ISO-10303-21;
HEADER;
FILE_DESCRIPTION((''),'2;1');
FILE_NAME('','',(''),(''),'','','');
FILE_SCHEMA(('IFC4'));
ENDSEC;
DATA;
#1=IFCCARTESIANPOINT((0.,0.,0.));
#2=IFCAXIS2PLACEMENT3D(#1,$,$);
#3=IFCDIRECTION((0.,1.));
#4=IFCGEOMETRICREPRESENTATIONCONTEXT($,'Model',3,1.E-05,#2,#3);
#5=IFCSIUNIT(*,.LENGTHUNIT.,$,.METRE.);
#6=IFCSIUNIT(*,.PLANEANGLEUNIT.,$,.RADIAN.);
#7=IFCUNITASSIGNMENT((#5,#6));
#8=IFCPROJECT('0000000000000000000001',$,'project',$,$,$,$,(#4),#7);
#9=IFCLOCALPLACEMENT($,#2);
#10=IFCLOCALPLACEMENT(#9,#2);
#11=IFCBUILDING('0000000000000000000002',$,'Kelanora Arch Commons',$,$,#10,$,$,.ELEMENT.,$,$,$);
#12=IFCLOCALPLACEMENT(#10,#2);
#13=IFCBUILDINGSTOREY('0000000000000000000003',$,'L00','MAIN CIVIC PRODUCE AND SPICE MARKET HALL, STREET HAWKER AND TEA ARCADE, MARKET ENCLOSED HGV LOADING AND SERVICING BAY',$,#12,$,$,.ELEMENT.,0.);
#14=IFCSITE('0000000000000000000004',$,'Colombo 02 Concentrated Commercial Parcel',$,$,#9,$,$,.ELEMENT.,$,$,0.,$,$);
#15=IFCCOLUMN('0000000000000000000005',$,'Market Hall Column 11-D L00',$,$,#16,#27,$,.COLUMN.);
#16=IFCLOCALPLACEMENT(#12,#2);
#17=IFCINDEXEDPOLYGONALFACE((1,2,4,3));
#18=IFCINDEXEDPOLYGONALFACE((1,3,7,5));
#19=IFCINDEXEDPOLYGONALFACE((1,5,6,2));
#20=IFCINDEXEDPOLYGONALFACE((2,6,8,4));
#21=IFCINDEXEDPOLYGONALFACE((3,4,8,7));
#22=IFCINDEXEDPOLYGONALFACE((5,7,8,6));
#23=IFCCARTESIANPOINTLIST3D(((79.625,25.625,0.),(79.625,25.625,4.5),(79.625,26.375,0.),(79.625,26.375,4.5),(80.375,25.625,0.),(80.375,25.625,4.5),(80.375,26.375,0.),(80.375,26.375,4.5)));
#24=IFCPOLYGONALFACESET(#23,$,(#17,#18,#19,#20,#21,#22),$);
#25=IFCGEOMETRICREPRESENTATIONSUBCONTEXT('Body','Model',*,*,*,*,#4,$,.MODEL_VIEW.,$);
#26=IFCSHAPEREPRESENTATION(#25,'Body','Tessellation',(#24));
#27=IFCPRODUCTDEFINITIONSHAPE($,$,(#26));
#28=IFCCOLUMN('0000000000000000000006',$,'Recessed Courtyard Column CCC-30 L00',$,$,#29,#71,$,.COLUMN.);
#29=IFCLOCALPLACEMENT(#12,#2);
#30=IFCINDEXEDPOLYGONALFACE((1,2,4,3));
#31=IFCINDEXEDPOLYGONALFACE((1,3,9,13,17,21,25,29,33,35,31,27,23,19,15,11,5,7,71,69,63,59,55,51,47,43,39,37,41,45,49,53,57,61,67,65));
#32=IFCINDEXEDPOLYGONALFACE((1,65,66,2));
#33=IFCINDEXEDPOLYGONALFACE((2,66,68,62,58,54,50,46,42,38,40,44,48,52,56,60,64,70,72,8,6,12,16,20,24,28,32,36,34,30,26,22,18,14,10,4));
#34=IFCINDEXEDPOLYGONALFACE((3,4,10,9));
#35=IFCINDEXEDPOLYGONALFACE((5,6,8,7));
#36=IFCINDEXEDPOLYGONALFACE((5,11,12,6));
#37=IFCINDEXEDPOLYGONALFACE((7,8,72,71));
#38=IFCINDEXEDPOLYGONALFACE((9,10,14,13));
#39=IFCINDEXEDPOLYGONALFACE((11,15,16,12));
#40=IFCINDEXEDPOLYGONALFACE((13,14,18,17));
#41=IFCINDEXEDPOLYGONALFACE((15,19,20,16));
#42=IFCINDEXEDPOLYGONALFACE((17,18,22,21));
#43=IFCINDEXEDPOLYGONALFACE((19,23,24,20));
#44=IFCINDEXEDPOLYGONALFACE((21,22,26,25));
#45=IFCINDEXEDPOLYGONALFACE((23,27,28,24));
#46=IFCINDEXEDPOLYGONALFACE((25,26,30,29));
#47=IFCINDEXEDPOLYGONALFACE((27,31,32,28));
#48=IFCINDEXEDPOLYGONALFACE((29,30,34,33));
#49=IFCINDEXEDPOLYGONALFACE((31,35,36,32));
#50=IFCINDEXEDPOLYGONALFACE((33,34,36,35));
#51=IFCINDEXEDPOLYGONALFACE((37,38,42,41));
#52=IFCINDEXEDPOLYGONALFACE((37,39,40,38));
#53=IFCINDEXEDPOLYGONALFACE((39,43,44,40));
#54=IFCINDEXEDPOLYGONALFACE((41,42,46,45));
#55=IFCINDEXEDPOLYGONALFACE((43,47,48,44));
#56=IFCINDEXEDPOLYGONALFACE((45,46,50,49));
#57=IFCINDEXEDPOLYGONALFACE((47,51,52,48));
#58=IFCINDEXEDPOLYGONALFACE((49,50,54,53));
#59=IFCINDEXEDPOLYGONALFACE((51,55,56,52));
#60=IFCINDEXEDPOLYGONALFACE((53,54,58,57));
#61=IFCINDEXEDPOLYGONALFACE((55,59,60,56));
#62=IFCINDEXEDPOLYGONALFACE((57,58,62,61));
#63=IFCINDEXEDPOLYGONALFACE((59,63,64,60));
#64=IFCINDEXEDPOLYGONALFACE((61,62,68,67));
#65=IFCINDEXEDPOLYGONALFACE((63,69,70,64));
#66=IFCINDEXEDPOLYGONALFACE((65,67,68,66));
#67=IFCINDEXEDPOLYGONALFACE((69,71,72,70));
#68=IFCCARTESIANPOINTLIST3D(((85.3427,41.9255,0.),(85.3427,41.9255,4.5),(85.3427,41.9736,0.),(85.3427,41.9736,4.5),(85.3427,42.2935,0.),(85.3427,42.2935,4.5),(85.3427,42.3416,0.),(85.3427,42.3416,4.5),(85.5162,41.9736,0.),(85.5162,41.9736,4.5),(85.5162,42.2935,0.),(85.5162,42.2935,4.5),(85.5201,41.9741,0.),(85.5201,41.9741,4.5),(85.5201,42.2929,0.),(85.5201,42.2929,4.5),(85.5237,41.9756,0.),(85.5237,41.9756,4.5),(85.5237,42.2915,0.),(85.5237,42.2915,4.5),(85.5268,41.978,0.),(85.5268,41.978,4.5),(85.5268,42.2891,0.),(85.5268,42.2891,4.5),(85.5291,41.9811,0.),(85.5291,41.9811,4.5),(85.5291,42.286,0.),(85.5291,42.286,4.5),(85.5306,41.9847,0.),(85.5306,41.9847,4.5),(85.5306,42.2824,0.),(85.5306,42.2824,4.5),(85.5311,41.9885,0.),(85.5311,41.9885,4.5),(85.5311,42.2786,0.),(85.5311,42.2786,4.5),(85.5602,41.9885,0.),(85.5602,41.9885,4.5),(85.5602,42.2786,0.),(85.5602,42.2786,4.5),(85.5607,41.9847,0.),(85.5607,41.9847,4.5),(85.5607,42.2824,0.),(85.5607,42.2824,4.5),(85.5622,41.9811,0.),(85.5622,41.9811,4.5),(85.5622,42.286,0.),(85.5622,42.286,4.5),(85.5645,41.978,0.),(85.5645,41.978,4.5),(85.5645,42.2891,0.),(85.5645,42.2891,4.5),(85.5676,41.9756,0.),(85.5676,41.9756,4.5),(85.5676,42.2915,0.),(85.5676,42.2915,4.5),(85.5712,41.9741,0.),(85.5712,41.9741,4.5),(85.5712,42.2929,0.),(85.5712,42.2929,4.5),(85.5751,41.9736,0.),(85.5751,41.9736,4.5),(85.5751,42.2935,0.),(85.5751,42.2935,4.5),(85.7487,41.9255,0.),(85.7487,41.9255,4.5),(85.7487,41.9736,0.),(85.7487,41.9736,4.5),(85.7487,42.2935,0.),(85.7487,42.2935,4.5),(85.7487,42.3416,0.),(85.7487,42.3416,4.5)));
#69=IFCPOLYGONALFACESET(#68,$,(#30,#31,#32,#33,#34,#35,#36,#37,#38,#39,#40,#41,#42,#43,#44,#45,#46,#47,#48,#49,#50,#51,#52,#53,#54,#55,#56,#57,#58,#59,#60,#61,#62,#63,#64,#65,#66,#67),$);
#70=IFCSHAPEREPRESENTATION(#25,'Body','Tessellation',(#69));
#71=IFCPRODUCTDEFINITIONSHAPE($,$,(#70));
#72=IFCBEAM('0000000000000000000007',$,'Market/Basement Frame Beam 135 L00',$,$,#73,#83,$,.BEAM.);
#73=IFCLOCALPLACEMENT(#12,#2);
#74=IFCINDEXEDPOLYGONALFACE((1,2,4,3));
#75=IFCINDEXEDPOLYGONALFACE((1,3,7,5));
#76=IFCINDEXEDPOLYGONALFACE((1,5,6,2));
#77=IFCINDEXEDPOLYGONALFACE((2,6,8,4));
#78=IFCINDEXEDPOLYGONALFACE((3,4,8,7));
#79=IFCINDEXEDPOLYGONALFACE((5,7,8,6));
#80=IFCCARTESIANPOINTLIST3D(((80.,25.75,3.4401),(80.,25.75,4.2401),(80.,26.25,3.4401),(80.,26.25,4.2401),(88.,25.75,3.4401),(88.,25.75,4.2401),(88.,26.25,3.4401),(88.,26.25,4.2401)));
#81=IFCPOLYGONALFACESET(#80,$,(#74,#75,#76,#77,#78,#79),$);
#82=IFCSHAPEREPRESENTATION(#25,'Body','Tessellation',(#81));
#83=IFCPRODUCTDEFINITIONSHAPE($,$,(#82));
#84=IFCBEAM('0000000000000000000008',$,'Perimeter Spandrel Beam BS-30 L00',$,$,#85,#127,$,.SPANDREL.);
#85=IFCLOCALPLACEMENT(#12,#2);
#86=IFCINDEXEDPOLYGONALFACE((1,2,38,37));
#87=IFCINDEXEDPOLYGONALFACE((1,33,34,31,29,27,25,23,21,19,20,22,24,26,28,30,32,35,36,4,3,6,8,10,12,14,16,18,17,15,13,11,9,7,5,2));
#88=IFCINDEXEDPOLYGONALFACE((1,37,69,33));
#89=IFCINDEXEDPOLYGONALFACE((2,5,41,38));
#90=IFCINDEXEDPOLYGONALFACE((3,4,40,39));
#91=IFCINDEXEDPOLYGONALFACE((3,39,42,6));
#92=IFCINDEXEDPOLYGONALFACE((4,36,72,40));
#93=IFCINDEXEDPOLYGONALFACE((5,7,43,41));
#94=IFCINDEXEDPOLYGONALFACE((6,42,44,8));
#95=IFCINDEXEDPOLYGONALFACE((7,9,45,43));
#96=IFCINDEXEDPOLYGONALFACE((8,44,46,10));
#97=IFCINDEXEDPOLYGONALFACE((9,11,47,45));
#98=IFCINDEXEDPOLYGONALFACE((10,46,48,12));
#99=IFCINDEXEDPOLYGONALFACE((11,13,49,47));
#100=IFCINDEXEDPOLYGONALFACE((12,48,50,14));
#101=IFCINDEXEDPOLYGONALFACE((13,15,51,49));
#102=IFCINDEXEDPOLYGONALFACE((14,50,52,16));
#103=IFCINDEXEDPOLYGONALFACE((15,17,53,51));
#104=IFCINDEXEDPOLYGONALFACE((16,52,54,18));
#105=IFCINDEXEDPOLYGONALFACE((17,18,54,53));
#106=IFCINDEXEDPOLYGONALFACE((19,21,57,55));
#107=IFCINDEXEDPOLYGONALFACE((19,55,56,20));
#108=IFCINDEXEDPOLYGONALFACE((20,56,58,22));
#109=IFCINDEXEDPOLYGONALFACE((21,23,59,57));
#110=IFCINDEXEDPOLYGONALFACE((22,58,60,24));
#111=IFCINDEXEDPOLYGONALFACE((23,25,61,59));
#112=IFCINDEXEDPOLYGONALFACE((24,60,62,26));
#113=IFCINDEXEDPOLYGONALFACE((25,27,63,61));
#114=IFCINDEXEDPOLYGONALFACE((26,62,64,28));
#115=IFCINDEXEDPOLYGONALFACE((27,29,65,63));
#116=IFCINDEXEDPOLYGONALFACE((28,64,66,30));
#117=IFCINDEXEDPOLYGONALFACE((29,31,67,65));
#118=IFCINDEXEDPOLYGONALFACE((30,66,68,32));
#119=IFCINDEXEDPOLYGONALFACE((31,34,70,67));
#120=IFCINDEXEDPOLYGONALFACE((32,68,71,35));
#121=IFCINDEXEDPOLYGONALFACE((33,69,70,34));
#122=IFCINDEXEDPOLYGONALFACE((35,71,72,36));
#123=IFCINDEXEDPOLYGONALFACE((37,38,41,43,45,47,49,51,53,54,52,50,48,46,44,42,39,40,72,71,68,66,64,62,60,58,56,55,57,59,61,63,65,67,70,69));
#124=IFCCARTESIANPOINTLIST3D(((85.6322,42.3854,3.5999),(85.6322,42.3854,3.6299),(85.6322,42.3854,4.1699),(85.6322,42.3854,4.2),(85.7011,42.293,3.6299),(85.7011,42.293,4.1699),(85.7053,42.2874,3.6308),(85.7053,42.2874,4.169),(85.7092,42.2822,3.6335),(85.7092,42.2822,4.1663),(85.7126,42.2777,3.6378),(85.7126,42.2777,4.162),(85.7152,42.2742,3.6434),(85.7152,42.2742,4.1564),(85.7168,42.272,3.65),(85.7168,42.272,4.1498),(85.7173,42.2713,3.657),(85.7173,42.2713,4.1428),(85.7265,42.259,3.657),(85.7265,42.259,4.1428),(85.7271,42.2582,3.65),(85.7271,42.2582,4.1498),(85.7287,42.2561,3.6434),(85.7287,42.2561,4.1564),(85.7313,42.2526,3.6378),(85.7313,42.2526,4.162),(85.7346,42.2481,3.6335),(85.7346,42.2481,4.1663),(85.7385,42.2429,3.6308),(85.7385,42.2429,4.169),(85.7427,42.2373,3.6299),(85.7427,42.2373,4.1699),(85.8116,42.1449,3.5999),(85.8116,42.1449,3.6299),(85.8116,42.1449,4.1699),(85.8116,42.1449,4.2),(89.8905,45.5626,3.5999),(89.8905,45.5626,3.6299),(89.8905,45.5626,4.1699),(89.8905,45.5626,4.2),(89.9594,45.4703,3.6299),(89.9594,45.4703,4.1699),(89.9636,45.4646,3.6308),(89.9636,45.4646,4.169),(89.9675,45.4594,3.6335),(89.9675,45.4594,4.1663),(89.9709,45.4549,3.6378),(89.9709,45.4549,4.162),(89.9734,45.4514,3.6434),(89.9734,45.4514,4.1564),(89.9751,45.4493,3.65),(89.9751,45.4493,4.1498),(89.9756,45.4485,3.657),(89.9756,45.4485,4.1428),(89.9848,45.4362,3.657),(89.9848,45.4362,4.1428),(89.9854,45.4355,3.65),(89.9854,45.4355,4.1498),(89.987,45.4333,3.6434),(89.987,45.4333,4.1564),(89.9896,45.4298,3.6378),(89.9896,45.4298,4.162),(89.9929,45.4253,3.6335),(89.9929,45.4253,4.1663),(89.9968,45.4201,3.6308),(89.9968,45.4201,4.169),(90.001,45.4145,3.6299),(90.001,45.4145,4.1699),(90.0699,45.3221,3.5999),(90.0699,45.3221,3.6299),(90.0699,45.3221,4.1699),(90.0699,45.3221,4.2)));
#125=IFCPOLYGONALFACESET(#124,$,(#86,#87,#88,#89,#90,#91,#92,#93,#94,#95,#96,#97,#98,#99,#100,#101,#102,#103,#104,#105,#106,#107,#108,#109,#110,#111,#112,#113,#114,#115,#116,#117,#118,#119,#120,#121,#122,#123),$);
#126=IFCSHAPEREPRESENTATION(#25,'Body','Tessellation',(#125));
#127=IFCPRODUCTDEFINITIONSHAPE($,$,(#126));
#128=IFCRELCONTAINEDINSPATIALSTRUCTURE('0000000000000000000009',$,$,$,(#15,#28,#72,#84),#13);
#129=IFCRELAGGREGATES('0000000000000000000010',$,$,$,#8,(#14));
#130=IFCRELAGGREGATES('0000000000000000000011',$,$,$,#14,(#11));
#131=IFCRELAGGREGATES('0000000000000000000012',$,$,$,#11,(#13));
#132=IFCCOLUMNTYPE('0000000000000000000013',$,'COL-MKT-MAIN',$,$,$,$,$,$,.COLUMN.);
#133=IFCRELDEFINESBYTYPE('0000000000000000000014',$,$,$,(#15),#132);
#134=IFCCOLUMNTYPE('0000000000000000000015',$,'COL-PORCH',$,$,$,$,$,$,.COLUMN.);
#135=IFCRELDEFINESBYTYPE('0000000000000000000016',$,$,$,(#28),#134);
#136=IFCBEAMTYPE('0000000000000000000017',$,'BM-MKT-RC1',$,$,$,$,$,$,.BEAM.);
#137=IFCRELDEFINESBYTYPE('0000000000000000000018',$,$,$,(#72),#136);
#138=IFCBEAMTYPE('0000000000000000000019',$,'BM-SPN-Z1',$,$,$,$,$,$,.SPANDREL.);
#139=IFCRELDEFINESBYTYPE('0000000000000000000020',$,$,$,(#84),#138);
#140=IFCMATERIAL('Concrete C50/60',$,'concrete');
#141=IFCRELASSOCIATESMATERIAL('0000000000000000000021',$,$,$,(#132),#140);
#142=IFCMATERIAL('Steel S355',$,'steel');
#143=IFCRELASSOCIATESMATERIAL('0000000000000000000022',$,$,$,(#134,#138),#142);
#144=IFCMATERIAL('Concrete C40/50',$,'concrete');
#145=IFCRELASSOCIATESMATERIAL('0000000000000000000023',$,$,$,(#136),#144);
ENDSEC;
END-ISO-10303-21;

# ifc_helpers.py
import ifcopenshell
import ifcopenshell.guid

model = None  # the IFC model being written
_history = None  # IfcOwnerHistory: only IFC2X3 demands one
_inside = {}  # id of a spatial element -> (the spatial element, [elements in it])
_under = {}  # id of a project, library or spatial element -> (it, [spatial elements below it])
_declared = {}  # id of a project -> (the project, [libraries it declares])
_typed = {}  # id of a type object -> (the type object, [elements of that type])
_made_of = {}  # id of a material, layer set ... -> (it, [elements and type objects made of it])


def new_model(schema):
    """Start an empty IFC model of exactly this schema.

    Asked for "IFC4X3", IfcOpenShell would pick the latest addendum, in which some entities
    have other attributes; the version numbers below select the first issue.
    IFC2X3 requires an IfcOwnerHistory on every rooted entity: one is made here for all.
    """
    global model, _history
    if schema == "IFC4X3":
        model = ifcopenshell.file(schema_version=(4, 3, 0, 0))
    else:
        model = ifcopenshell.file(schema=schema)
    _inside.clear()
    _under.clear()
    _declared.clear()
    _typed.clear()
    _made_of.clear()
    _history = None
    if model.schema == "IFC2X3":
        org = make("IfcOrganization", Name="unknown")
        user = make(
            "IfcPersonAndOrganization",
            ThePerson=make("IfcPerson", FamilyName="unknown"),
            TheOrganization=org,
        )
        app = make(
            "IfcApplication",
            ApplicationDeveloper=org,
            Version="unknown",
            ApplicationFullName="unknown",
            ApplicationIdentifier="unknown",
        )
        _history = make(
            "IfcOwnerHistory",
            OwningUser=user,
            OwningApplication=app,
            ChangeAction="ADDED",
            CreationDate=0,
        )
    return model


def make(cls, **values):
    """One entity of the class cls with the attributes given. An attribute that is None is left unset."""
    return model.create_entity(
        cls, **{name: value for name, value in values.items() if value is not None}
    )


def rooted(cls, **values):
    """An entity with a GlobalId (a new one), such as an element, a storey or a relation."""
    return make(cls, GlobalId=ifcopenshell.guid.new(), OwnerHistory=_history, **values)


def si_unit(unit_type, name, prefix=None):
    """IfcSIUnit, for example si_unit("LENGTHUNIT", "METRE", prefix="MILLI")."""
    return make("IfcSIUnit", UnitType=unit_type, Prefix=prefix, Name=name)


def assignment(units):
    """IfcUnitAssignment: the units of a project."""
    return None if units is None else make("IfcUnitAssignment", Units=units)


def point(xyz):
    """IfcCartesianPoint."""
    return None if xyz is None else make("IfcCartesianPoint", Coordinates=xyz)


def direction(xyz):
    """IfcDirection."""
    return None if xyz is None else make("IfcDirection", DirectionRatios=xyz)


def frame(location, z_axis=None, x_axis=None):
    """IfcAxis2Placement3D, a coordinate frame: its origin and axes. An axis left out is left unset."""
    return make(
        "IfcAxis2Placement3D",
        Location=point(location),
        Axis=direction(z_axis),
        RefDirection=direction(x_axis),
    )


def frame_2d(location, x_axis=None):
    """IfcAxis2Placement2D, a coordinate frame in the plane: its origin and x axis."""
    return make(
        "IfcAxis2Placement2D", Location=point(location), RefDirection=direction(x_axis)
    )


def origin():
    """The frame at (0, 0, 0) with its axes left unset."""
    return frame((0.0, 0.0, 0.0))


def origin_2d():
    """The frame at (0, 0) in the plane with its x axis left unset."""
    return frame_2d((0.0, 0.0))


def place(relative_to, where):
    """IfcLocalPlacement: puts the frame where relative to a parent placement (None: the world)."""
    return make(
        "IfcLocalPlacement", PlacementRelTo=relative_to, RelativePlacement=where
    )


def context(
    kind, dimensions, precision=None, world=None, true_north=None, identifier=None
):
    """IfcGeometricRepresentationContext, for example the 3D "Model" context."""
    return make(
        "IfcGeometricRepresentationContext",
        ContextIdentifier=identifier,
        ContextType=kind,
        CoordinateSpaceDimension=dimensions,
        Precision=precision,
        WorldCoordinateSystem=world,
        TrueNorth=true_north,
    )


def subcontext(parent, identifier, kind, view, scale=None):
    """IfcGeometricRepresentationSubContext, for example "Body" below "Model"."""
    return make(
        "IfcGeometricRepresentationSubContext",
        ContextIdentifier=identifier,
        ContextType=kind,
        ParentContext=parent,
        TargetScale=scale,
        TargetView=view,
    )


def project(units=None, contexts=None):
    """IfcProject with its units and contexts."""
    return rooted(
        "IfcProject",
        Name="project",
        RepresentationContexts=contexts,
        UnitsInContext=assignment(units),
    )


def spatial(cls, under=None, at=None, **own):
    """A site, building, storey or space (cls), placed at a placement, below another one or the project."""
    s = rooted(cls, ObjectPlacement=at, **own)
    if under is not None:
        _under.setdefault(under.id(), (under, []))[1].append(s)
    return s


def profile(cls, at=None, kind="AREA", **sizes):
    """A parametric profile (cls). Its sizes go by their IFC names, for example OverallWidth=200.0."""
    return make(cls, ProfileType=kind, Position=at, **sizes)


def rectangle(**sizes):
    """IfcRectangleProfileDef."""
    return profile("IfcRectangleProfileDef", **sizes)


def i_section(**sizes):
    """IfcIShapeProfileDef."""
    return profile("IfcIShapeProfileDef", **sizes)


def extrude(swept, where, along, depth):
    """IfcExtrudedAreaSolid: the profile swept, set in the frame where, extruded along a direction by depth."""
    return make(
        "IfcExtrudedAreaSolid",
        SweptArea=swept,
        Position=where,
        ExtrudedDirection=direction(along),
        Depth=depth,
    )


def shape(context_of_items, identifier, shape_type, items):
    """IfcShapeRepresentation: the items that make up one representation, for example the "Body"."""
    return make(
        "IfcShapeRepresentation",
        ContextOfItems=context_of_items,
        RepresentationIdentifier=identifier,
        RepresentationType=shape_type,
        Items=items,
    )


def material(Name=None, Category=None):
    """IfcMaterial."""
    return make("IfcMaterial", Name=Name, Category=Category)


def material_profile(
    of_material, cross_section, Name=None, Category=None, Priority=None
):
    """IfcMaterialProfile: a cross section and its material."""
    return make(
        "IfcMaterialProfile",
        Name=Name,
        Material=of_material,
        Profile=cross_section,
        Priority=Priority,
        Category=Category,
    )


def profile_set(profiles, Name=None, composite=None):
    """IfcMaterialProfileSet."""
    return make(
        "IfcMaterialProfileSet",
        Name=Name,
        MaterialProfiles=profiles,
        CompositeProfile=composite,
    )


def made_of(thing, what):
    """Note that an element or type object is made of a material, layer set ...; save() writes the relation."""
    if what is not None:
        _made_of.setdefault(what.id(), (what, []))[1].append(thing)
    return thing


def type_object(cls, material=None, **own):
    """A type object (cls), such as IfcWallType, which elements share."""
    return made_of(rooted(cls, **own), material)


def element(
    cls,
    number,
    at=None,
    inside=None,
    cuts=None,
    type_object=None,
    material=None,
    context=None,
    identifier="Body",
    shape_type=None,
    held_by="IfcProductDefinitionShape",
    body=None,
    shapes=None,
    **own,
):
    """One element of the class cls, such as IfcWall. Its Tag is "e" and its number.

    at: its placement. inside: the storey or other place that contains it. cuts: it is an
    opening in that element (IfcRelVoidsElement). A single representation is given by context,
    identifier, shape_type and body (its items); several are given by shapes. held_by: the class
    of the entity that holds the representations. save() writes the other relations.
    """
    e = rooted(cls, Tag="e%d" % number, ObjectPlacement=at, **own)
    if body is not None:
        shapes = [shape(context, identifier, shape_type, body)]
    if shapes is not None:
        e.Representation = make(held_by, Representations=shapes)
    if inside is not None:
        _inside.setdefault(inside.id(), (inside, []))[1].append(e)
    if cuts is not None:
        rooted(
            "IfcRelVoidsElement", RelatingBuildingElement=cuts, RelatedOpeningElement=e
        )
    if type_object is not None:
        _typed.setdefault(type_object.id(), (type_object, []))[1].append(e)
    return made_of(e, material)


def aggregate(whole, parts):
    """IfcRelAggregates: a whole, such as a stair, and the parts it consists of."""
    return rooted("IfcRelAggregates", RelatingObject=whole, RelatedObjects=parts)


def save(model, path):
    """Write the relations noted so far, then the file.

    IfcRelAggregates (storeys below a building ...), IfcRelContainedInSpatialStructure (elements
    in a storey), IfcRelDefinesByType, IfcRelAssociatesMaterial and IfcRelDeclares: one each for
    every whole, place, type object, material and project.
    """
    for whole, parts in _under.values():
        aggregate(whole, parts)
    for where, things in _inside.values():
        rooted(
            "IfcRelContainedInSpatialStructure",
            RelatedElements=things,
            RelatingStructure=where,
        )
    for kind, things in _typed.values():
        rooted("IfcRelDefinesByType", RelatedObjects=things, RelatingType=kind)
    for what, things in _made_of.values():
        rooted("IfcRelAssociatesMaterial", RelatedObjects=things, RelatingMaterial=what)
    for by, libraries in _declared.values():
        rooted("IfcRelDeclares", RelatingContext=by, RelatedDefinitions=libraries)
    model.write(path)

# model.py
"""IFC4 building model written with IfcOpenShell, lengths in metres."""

from ifc_helpers import new_model, si_unit, direction, frame, origin, origin_2d, place, context, subcontext, project, spatial, rectangle, i_section, extrude, material, material_profile, profile_set, type_object, element, save


model = new_model("IFC4")

# Units and contexts
model_context = context("Model", 3, precision=1e-05, world=origin(), true_north=direction((0.0, 1.0)))
body_context = subcontext(model_context, "Body", "Model", "MODEL_VIEW")
ifc_project = project(units=[si_unit("LENGTHUNIT", "METRE"), si_unit("PLANEANGLEUNIT", "RADIAN")], contexts=[model_context])

# Site, building, storey
site_placement = place(None, origin())
site = spatial("IfcSite", under=ifc_project, at=site_placement, Name="Colombo 02 Concentrated Commercial Parcel", CompositionType="ELEMENT", RefElevation=0.0)
building_placement = place(site_placement, origin())
building = spatial("IfcBuilding", under=site, at=building_placement, Name="Kelanora Arch Commons", CompositionType="ELEMENT")
storey_placement = place(building_placement, origin())
storey = spatial("IfcBuildingStorey", under=building, at=storey_placement, Name="L00", Description="MAIN CIVIC PRODUCE AND SPICE MARKET HALL, STREET HAWKER AND TEA ARCADE, MARKET ENCLOSED HGV LOADING AND SERVICING BAY", CompositionType="ELEMENT", Elevation=0.0)

# Columns
ifc_material_1 = material(Name="Concrete C50/60", Category="concrete")
ifc_material_profile_1 = material_profile(ifc_material_1, rectangle(XDim=0.75, YDim=0.75, at=origin_2d()), Name="RC750x750")
ifc_profile_set_1 = profile_set([ifc_material_profile_1], Name="Concrete C50/60")
column_type_1 = type_object("IfcColumnType", Name="COL-MKT-MAIN", PredefinedType="COLUMN", material=ifc_profile_set_1)
column_1_placement = place(storey_placement, frame((80.0, 26.0, 0.0), z_axis=(0.0, 0.0, 1.0), x_axis=(1.0, 0.0, 0.0)))
element("IfcColumn", 1, at=column_1_placement, inside=storey, type_object=column_type_1, Name="Market Hall Column 11-D L00", PredefinedType="COLUMN", context=body_context, shape_type="SweptSolid", body=[
    extrude(rectangle(XDim=0.75, YDim=0.75, at=origin_2d()), origin(), (0.0, 0.0, 1.0), 4.5),
])
ifc_material_2 = material(Name="Steel S355", Category="steel")
ifc_material_profile_2 = material_profile(ifc_material_2, i_section(OverallWidth=0.406, OverallDepth=0.416, WebThickness=0.0291, FlangeThickness=0.0481, FilletRadius=0.0149, at=origin_2d()), Name="HD400x382")
ifc_profile_set_2 = profile_set([ifc_material_profile_2], Name="Steel S355")
column_type_2 = type_object("IfcColumnType", Name="COL-PORCH", PredefinedType="COLUMN", material=ifc_profile_set_2)
column_2_placement = place(storey_placement, frame((85.5457, 42.1335, 0.0), z_axis=(0.0, 0.0, 1.0), x_axis=(1.0, 0.0, 0.0)))
element("IfcColumn", 2, at=column_2_placement, inside=storey, type_object=column_type_2, Name="Recessed Courtyard Column CCC-30 L00", PredefinedType="COLUMN", context=body_context, shape_type="SweptSolid", body=[
    extrude(i_section(OverallWidth=0.406, OverallDepth=0.416, WebThickness=0.0291, FlangeThickness=0.0481, FilletRadius=0.0149, at=origin_2d()), origin(), (0.0, 0.0, 1.0), 4.5),
])

# Beams
ifc_material_3 = material(Name="Concrete C40/50", Category="concrete")
ifc_material_profile_3 = material_profile(ifc_material_3, rectangle(XDim=0.5, YDim=0.8, at=origin_2d()), Name="RCB500x800")
ifc_profile_set_3 = profile_set([ifc_material_profile_3], Name="Concrete C40/50")
beam_type_1 = type_object("IfcBeamType", Name="BM-MKT-RC1", PredefinedType="BEAM", material=ifc_profile_set_3)
beam_1_placement = place(storey_placement, frame((80.0, 26.0, 3.8401), z_axis=(1.0, 0.0, 0.0), x_axis=(0.0, 1.0, 0.0)))
element("IfcBeam", 3, at=beam_1_placement, inside=storey, type_object=beam_type_1, Name="Market/Basement Frame Beam 135 L00", PredefinedType="BEAM", context=body_context, shape_type="SweptSolid", body=[
    extrude(rectangle(XDim=0.5, YDim=0.8, at=origin_2d()), origin(), (0.0, 0.0, 1.0), 8.0),
])
ifc_material_profile_4 = material_profile(ifc_material_2, i_section(OverallWidth=0.3, OverallDepth=0.6001, WebThickness=0.0154, FlangeThickness=0.03, FilletRadius=0.0271, at=origin_2d()), Name="HEB600")
ifc_profile_set_4 = profile_set([ifc_material_profile_4], Name="Steel S355")
beam_type_2 = type_object("IfcBeamType", Name="BM-SPN-Z1", PredefinedType="SPANDREL", material=ifc_profile_set_4)
beam_2_placement = place(storey_placement, frame((85.7219, 42.2651, 3.8999), z_axis=(0.801486, 0.598013, 0.0), x_axis=(-0.598013, 0.801486, 0.0)))
element("IfcBeam", 4, at=beam_2_placement, inside=storey, type_object=beam_type_2, Name="Perimeter Spandrel Beam BS-30 L00", PredefinedType="SPANDREL", context=body_context, shape_type="SweptSolid", body=[
    extrude(i_section(OverallWidth=0.3, OverallDepth=0.6001, WebThickness=0.0154, FlangeThickness=0.03, FilletRadius=0.0271, at=origin_2d()), origin(), (0.0, 0.0, 1.0), 5.313),
])

save(model, "model.ifc")
